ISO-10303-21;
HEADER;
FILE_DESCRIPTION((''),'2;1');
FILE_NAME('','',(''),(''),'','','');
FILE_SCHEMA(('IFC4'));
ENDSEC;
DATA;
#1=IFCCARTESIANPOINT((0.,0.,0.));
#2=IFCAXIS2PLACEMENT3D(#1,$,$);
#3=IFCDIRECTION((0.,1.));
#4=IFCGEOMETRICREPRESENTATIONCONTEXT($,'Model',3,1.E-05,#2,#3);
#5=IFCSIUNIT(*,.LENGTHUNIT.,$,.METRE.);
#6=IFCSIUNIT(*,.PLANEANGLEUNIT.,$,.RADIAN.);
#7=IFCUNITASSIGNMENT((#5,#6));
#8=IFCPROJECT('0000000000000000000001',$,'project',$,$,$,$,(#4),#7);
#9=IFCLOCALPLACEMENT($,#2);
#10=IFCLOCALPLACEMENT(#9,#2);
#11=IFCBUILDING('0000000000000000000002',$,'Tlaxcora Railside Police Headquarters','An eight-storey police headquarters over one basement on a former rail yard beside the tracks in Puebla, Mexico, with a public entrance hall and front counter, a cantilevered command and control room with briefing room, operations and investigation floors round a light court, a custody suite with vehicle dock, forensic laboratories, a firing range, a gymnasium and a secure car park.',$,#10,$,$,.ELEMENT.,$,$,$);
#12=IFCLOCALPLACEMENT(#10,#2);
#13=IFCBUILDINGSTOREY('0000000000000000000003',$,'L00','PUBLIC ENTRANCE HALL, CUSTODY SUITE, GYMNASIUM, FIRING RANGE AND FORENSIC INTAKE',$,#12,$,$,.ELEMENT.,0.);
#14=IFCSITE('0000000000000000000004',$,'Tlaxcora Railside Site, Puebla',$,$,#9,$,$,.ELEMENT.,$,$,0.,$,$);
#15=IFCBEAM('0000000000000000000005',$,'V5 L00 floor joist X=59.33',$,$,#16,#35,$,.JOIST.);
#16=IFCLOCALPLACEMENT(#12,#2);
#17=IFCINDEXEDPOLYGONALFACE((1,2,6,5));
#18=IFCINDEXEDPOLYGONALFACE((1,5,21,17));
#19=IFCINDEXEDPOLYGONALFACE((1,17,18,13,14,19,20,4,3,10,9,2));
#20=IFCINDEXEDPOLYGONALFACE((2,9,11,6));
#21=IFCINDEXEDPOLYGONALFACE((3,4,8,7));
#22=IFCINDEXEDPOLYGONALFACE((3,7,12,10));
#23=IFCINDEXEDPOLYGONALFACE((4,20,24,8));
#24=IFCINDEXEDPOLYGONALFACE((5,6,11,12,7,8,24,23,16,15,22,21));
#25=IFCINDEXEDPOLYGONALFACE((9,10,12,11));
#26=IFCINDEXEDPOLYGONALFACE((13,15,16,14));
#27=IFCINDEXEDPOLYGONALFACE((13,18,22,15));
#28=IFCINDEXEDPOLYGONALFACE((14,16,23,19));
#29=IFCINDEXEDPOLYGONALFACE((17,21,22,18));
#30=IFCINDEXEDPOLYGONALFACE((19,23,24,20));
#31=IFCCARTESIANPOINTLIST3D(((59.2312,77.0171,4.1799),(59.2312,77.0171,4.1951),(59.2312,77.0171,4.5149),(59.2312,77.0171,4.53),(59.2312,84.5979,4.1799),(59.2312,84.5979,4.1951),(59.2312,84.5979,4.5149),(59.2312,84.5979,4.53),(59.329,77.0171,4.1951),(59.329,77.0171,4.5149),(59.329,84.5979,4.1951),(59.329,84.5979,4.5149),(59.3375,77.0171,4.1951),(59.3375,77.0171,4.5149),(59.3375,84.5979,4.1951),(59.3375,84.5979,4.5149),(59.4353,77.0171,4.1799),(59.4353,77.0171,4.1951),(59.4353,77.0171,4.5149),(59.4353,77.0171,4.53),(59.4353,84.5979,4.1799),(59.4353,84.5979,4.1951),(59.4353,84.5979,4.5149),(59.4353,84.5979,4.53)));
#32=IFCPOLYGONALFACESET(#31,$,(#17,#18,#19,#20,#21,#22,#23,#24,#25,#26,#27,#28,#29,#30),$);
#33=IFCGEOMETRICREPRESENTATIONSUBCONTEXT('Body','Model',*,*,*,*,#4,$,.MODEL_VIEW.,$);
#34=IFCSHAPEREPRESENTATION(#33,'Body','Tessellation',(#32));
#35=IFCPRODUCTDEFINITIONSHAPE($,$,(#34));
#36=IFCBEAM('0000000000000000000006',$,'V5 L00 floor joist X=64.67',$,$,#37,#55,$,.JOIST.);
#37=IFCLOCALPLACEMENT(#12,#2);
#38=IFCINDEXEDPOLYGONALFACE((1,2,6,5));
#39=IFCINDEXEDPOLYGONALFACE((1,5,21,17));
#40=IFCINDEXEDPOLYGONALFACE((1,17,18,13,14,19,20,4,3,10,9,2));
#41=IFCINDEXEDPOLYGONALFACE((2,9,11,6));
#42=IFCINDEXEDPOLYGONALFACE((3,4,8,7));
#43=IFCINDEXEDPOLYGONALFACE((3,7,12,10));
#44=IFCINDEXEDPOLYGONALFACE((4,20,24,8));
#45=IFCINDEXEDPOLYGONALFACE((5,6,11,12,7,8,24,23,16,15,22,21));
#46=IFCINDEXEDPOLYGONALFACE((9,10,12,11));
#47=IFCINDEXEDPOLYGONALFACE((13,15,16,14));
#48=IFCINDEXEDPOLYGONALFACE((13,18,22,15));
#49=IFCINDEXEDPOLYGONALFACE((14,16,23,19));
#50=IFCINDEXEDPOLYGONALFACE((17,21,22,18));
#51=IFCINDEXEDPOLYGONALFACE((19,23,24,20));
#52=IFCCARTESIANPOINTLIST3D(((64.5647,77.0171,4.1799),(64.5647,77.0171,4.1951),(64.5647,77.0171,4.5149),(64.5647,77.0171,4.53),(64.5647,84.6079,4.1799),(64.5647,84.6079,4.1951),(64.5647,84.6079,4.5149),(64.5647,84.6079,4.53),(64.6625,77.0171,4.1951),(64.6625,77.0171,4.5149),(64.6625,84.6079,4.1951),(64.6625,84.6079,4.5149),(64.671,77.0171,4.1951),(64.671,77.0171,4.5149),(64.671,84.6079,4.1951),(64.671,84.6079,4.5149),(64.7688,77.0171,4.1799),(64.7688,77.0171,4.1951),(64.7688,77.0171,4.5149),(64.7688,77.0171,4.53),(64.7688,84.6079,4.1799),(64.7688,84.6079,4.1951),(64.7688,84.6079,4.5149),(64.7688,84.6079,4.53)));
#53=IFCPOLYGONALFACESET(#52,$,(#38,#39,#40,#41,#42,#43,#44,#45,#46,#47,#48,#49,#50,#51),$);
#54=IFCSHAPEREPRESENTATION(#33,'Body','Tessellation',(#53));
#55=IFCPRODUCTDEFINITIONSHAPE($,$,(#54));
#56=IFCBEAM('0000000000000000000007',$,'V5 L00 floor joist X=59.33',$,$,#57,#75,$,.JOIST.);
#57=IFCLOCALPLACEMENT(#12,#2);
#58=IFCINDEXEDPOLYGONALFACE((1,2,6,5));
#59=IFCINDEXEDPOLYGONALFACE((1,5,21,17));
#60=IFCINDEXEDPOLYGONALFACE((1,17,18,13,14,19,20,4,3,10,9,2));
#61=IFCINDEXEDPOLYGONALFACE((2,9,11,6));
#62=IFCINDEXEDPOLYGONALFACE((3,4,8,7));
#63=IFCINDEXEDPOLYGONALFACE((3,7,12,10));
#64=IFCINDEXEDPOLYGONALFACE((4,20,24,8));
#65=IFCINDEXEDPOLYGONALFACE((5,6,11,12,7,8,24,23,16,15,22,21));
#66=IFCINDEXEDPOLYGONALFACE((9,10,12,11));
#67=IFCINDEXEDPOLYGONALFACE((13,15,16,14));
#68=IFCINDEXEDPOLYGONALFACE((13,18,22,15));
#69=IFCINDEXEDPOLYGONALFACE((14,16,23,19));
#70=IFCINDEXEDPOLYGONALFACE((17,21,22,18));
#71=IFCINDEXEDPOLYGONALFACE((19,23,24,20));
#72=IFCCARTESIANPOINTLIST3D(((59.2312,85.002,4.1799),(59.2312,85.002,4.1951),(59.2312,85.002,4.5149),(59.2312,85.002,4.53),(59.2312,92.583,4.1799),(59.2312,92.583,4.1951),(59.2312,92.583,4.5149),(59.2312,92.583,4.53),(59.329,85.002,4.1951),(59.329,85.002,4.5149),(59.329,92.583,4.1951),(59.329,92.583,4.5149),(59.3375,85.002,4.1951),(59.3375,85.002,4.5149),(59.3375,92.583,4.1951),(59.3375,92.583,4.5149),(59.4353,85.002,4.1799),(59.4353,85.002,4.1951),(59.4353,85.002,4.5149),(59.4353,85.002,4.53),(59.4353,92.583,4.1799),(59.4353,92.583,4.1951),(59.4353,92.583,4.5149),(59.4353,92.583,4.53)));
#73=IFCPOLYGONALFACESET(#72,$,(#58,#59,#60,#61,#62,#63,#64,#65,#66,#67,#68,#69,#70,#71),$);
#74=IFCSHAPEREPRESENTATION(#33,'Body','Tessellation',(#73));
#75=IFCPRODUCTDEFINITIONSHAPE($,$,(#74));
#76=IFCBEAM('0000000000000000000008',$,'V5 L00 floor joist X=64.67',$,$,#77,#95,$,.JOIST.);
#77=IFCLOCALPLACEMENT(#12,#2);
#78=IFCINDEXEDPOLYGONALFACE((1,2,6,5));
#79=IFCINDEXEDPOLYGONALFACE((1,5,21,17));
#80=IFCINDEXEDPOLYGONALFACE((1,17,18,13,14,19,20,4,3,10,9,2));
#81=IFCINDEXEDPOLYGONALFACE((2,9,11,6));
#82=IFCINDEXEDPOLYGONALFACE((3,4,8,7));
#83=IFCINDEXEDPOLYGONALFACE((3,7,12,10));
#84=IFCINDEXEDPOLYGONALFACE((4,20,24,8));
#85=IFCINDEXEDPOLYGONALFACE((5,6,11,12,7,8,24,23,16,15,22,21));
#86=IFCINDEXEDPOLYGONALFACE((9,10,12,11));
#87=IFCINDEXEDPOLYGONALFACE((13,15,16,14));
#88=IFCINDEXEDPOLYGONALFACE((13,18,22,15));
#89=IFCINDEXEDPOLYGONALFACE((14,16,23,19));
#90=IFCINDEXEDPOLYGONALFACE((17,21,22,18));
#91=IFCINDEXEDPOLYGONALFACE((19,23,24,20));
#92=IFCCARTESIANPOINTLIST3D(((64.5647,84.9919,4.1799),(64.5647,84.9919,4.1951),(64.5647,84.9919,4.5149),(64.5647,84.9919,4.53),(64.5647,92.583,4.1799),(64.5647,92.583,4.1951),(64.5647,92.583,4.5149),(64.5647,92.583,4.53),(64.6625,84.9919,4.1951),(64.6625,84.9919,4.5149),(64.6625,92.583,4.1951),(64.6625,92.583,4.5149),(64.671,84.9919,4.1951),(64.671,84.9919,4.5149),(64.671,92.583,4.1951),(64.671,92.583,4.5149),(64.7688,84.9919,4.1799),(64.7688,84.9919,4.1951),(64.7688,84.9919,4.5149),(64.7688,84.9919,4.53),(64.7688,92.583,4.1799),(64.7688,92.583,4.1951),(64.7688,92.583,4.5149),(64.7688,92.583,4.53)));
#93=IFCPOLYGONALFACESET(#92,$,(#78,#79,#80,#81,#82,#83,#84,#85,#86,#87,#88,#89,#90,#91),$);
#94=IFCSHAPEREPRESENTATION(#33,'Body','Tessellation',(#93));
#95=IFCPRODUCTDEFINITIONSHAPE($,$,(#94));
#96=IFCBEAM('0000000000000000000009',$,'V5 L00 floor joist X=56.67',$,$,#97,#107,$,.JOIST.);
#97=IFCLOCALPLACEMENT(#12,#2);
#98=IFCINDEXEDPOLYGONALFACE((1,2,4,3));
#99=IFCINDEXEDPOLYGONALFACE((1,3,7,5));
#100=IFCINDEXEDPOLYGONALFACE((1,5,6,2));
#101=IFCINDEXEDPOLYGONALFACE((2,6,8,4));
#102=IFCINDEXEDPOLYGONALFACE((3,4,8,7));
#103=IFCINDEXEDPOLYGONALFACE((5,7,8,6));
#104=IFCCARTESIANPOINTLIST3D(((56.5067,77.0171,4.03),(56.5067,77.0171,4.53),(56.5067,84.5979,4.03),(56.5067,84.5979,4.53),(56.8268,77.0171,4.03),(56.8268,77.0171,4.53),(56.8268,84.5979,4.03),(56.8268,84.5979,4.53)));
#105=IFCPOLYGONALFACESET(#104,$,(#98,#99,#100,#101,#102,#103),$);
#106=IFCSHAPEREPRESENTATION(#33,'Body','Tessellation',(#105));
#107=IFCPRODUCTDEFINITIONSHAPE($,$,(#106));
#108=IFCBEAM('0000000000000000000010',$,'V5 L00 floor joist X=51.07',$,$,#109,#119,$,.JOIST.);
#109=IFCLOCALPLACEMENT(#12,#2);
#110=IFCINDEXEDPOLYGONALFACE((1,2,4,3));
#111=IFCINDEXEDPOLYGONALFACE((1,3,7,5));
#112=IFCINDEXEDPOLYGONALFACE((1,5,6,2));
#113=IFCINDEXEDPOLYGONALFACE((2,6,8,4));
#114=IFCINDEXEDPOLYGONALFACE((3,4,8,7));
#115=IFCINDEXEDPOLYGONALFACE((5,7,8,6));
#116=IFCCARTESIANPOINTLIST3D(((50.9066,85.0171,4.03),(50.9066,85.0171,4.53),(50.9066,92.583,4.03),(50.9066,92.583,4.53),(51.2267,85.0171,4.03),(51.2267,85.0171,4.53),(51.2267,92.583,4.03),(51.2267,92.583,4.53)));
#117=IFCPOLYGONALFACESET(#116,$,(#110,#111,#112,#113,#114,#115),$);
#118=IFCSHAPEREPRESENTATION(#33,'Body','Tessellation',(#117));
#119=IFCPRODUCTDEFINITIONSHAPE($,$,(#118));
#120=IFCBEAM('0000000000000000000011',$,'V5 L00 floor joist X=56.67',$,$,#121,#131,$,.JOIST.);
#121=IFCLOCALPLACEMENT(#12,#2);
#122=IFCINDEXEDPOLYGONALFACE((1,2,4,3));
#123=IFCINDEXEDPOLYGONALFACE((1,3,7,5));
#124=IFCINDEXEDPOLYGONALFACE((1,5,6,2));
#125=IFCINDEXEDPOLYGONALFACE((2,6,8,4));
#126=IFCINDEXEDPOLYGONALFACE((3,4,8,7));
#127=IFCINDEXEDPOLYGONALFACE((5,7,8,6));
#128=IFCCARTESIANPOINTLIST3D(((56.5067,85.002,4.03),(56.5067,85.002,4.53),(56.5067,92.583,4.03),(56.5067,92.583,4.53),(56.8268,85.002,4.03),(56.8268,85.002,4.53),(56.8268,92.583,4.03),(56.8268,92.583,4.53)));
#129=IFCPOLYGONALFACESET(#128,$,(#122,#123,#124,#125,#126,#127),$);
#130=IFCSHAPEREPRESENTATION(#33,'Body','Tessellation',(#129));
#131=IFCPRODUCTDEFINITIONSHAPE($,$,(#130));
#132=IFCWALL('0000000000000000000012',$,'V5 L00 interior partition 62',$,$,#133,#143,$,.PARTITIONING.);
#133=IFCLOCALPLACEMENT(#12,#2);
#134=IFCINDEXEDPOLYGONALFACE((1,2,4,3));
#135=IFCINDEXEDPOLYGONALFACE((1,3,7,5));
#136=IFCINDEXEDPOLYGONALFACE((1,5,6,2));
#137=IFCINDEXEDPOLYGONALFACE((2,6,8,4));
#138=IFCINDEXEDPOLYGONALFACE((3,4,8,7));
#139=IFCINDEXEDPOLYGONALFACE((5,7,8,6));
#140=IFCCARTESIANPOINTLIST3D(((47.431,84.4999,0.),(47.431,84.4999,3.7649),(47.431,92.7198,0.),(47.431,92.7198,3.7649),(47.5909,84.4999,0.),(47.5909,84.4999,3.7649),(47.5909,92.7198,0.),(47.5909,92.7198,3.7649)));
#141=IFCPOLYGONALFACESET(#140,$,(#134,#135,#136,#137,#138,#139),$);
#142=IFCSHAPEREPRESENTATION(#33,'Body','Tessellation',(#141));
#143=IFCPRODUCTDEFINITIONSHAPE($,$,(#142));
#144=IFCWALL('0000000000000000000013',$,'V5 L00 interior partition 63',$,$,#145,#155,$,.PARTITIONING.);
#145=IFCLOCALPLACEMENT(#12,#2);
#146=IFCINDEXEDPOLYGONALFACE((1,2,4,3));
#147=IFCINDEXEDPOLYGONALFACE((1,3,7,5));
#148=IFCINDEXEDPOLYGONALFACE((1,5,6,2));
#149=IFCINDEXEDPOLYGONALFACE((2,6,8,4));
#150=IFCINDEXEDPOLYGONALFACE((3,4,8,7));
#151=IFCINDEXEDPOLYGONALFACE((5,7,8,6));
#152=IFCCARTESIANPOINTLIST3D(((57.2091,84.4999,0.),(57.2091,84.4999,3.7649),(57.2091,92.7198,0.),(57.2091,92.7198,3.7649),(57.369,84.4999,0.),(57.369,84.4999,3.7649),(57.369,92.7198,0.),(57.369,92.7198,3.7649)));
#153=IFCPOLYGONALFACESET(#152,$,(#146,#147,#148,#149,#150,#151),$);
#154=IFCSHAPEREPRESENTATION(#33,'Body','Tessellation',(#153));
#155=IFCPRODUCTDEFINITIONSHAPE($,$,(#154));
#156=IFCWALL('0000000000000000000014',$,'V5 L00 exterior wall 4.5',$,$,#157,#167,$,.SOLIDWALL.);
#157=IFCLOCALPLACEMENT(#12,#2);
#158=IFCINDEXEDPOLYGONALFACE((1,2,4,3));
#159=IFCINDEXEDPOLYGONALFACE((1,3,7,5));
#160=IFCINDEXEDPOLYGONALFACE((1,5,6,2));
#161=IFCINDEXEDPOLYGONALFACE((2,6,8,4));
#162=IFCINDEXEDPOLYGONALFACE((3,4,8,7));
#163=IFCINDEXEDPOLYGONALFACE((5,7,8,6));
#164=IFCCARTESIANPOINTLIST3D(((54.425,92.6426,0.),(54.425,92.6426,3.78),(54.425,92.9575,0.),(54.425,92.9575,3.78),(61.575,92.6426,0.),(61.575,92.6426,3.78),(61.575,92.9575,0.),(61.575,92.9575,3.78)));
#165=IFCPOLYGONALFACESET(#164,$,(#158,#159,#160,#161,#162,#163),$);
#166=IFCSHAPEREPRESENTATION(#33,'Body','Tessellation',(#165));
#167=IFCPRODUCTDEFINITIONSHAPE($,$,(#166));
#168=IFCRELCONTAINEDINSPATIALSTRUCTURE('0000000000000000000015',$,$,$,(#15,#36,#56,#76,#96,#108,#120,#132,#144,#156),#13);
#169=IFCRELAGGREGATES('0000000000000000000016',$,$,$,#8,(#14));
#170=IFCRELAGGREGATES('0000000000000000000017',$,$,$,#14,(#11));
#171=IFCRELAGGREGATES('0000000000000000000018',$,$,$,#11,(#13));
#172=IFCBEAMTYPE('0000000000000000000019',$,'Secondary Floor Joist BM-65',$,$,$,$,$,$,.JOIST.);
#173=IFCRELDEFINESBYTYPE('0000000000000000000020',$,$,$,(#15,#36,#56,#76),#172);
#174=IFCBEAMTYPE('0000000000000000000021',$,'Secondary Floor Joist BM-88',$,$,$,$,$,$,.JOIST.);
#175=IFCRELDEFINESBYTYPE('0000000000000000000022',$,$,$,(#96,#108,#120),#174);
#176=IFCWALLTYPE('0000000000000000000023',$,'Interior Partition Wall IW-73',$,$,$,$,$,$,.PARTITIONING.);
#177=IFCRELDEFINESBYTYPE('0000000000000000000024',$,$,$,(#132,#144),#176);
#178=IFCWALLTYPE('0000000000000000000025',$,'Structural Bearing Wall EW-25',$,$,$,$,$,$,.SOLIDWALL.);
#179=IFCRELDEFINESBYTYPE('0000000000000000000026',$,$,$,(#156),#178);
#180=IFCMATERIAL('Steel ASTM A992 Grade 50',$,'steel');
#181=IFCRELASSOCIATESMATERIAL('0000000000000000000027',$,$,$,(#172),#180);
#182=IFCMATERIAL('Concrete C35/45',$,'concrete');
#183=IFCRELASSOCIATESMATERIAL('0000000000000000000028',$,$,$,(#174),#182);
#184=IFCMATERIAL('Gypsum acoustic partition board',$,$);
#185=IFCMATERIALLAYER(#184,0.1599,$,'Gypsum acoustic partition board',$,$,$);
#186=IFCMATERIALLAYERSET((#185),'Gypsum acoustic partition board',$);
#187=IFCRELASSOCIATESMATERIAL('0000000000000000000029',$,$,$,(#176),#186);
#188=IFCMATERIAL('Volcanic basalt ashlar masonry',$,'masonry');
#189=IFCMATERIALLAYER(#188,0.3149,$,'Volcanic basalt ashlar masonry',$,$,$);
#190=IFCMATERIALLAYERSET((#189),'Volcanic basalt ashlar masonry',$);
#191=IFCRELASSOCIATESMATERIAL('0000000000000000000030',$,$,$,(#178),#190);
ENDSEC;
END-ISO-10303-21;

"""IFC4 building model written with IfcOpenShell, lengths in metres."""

from ifc_helpers import new_model, si_unit, direction, frame, frame_2d, origin, origin_2d, place, context, subcontext, project, spatial, rectangle, i_section, extrude, material, layer, layer_set, material_profile, profile_set, type_object, element, save


model = new_model("IFC4")

# Units and contexts
model_context = context("Model", 3, precision=1e-05, world=origin(), true_north=direction((0.0, 1.0)))
body_context = subcontext(model_context, "Body", "Model", "MODEL_VIEW")
ifc_project = project(units=[si_unit("LENGTHUNIT", "METRE"), si_unit("PLANEANGLEUNIT", "RADIAN")], contexts=[model_context])

# Site, building, storey
site_placement = place(None, origin())
site = spatial("IfcSite", under=ifc_project, at=site_placement, Name="Tlaxcora Railside Site, Puebla", CompositionType="ELEMENT", RefElevation=0.0)
building_placement = place(site_placement, origin())
building = spatial("IfcBuilding", under=site, at=building_placement, Name="Tlaxcora Railside Police Headquarters", Description="An eight-storey police headquarters over one basement on a former rail yard beside the tracks in Puebla, Mexico, with a public entrance hall and front counter, a cantilevered command and control room with briefing room, operations and investigation floors round a light court, a custody suite with vehicle dock, forensic laboratories, a firing range, a gymnasium and a secure car park.", CompositionType="ELEMENT")
storey_placement = place(building_placement, origin())
storey = spatial("IfcBuildingStorey", under=building, at=storey_placement, Name="L00", Description="PUBLIC ENTRANCE HALL, CUSTODY SUITE, GYMNASIUM, FIRING RANGE AND FORENSIC INTAKE", CompositionType="ELEMENT", Elevation=0.0)

# Beams
ifc_material_1 = material(Name="Concrete C35/45", Category="concrete")
ifc_material_2 = material(Name="Steel ASTM A992 Grade 50", Category="steel")
ifc_material_profile_1 = material_profile(ifc_material_2, i_section(OverallWidth=0.2041, OverallDepth=0.3501, WebThickness=0.0085, FlangeThickness=0.0151, at=origin_2d()), Name="W14X48")
ifc_profile_set_1 = profile_set([ifc_material_profile_1], Name="Steel ASTM A992 Grade 50")
beam_type_1 = type_object("IfcBeamType", Name="Secondary Floor Joist BM-65", PredefinedType="JOIST", material=ifc_profile_set_1)
beam_1_placement = place(storey_placement, frame((59.3333, 77.0171, 4.355), z_axis=(0.0, 1.0, 0.0), x_axis=(-1.0, 0.0, 0.0)))
element("IfcBeam", 1, at=beam_1_placement, inside=storey, type_object=beam_type_1, Name="V5 L00 floor joist X=59.33", PredefinedType="JOIST", context=body_context, shape_type="SweptSolid", body=[
    extrude(i_section(OverallWidth=0.2041, OverallDepth=0.3501, WebThickness=0.0085, FlangeThickness=0.0151, at=origin_2d()), origin(), (0.0, 0.0, 1.0), 7.5808),
])
beam_2_placement = place(storey_placement, frame((64.6667, 77.0171, 4.355), z_axis=(0.0, 1.0, 0.0), x_axis=(-1.0, 0.0, 0.0)))
element("IfcBeam", 2, at=beam_2_placement, inside=storey, type_object=beam_type_1, Name="V5 L00 floor joist X=64.67", PredefinedType="JOIST", context=body_context, shape_type="SweptSolid", body=[
    extrude(i_section(OverallWidth=0.2041, OverallDepth=0.3501, WebThickness=0.0085, FlangeThickness=0.0151, at=origin_2d()), origin(), (0.0, 0.0, 1.0), 7.5908),
])
beam_3_placement = place(storey_placement, frame((59.3333, 85.002, 4.355), z_axis=(0.0, 1.0, 0.0), x_axis=(-1.0, 0.0, 0.0)))
element("IfcBeam", 3, at=beam_3_placement, inside=storey, type_object=beam_type_1, Name="V5 L00 floor joist X=59.33", PredefinedType="JOIST", context=body_context, shape_type="SweptSolid", body=[
    extrude(i_section(OverallWidth=0.2041, OverallDepth=0.3501, WebThickness=0.0085, FlangeThickness=0.0151, at=origin_2d()), origin(), (0.0, 0.0, 1.0), 7.5811),
])
beam_4_placement = place(storey_placement, frame((64.6667, 84.9919, 4.355), z_axis=(0.0, 1.0, 0.0), x_axis=(-1.0, 0.0, 0.0)))
element("IfcBeam", 4, at=beam_4_placement, inside=storey, type_object=beam_type_1, Name="V5 L00 floor joist X=64.67", PredefinedType="JOIST", context=body_context, shape_type="SweptSolid", body=[
    extrude(i_section(OverallWidth=0.2041, OverallDepth=0.3501, WebThickness=0.0085, FlangeThickness=0.0151, at=origin_2d()), origin(), (0.0, 0.0, 1.0), 7.5911),
])
ifc_material_profile_2 = material_profile(ifc_material_1, rectangle(XDim=0.3201, YDim=0.5, at=origin_2d()), Name="RC320X500")
ifc_profile_set_2 = profile_set([ifc_material_profile_2], Name="Concrete C35/45")
beam_type_2 = type_object("IfcBeamType", Name="Secondary Floor Joist BM-88", PredefinedType="JOIST", material=ifc_profile_set_2)
beam_5_placement = place(storey_placement, frame((56.6667, 77.0171, 4.28), z_axis=(0.0, 1.0, 0.0), x_axis=(-1.0, 0.0, 0.0)))
element("IfcBeam", 5, at=beam_5_placement, inside=storey, type_object=beam_type_2, Name="V5 L00 floor joist X=56.67", PredefinedType="JOIST", context=body_context, shape_type="SweptSolid", body=[
    extrude(rectangle(XDim=0.3201, YDim=0.5, at=origin_2d()), origin(), (0.0, 0.0, 1.0), 7.5808),
])
beam_6_placement = place(storey_placement, frame((51.0667, 85.0171, 4.28), z_axis=(0.0, 1.0, 0.0), x_axis=(-1.0, 0.0, 0.0)))
element("IfcBeam", 6, at=beam_6_placement, inside=storey, type_object=beam_type_2, Name="V5 L00 floor joist X=51.07", PredefinedType="JOIST", context=body_context, shape_type="SweptSolid", body=[
    extrude(rectangle(XDim=0.3201, YDim=0.5, at=origin_2d()), origin(), (0.0, 0.0, 1.0), 7.5659),
])
beam_7_placement = place(storey_placement, frame((56.6667, 85.002, 4.28), z_axis=(0.0, 1.0, 0.0), x_axis=(-1.0, 0.0, 0.0)))
element("IfcBeam", 7, at=beam_7_placement, inside=storey, type_object=beam_type_2, Name="V5 L00 floor joist X=56.67", PredefinedType="JOIST", context=body_context, shape_type="SweptSolid", body=[
    extrude(rectangle(XDim=0.3201, YDim=0.5, at=origin_2d()), origin(), (0.0, 0.0, 1.0), 7.5811),
])

# Walls
ifc_material_3 = material(Name="Gypsum acoustic partition board")
ifc_layer_1 = layer(ifc_material_3, 0.1599, Name="Gypsum acoustic partition board")
ifc_layer_set_1 = layer_set([ifc_layer_1], Name="Gypsum acoustic partition board")
wall_type_1 = type_object("IfcWallType", Name="Interior Partition Wall IW-73", PredefinedType="PARTITIONING", material=ifc_layer_set_1)
for number, where, z_axis, x_axis, name in (
    (8, (47.511, 84.5, 0.0), (0.0, 0.0, 1.0), (0.0, 1.0, 0.0), "V5 L00 interior partition 62"),
    (9, (57.2891, 84.5, 0.0), (0.0, 0.0, 1.0), (0.0, 1.0, 0.0), "V5 L00 interior partition 63"),
):
    element("IfcWall", number, at=place(storey_placement, frame(where, z_axis=z_axis, x_axis=x_axis)), inside=storey, type_object=wall_type_1, Name=name, PredefinedType="PARTITIONING", context=body_context, shape_type="SweptSolid", body=[
        extrude(rectangle(XDim=8.22, YDim=0.1599, at=frame_2d((4.1099, 0.0))), origin(), (0.0, 0.0, 1.0), 3.7649),
    ])
ifc_material_4 = material(Name="Volcanic basalt ashlar masonry", Category="masonry")
ifc_layer_2 = layer(ifc_material_4, 0.3149, Name="Volcanic basalt ashlar masonry")
ifc_layer_set_2 = layer_set([ifc_layer_2], Name="Volcanic basalt ashlar masonry")
wall_type_2 = type_object("IfcWallType", Name="Structural Bearing Wall EW-25", PredefinedType="SOLIDWALL", material=ifc_layer_set_2)
wall_1_placement = place(storey_placement, frame((61.575, 92.8, 0.0), z_axis=(0.0, 0.0, 1.0), x_axis=(-1.0, 0.0, 0.0)))
element("IfcWall", 10, at=wall_1_placement, inside=storey, type_object=wall_type_2, Name="V5 L00 exterior wall 4.5", PredefinedType="SOLIDWALL", context=body_context, shape_type="SweptSolid", body=[
    extrude(rectangle(XDim=7.1499, YDim=0.3149, at=frame_2d((3.575, 0.0))), origin(), (0.0, 0.0, 1.0), 3.78),
])

save(model, "model.ifc")
